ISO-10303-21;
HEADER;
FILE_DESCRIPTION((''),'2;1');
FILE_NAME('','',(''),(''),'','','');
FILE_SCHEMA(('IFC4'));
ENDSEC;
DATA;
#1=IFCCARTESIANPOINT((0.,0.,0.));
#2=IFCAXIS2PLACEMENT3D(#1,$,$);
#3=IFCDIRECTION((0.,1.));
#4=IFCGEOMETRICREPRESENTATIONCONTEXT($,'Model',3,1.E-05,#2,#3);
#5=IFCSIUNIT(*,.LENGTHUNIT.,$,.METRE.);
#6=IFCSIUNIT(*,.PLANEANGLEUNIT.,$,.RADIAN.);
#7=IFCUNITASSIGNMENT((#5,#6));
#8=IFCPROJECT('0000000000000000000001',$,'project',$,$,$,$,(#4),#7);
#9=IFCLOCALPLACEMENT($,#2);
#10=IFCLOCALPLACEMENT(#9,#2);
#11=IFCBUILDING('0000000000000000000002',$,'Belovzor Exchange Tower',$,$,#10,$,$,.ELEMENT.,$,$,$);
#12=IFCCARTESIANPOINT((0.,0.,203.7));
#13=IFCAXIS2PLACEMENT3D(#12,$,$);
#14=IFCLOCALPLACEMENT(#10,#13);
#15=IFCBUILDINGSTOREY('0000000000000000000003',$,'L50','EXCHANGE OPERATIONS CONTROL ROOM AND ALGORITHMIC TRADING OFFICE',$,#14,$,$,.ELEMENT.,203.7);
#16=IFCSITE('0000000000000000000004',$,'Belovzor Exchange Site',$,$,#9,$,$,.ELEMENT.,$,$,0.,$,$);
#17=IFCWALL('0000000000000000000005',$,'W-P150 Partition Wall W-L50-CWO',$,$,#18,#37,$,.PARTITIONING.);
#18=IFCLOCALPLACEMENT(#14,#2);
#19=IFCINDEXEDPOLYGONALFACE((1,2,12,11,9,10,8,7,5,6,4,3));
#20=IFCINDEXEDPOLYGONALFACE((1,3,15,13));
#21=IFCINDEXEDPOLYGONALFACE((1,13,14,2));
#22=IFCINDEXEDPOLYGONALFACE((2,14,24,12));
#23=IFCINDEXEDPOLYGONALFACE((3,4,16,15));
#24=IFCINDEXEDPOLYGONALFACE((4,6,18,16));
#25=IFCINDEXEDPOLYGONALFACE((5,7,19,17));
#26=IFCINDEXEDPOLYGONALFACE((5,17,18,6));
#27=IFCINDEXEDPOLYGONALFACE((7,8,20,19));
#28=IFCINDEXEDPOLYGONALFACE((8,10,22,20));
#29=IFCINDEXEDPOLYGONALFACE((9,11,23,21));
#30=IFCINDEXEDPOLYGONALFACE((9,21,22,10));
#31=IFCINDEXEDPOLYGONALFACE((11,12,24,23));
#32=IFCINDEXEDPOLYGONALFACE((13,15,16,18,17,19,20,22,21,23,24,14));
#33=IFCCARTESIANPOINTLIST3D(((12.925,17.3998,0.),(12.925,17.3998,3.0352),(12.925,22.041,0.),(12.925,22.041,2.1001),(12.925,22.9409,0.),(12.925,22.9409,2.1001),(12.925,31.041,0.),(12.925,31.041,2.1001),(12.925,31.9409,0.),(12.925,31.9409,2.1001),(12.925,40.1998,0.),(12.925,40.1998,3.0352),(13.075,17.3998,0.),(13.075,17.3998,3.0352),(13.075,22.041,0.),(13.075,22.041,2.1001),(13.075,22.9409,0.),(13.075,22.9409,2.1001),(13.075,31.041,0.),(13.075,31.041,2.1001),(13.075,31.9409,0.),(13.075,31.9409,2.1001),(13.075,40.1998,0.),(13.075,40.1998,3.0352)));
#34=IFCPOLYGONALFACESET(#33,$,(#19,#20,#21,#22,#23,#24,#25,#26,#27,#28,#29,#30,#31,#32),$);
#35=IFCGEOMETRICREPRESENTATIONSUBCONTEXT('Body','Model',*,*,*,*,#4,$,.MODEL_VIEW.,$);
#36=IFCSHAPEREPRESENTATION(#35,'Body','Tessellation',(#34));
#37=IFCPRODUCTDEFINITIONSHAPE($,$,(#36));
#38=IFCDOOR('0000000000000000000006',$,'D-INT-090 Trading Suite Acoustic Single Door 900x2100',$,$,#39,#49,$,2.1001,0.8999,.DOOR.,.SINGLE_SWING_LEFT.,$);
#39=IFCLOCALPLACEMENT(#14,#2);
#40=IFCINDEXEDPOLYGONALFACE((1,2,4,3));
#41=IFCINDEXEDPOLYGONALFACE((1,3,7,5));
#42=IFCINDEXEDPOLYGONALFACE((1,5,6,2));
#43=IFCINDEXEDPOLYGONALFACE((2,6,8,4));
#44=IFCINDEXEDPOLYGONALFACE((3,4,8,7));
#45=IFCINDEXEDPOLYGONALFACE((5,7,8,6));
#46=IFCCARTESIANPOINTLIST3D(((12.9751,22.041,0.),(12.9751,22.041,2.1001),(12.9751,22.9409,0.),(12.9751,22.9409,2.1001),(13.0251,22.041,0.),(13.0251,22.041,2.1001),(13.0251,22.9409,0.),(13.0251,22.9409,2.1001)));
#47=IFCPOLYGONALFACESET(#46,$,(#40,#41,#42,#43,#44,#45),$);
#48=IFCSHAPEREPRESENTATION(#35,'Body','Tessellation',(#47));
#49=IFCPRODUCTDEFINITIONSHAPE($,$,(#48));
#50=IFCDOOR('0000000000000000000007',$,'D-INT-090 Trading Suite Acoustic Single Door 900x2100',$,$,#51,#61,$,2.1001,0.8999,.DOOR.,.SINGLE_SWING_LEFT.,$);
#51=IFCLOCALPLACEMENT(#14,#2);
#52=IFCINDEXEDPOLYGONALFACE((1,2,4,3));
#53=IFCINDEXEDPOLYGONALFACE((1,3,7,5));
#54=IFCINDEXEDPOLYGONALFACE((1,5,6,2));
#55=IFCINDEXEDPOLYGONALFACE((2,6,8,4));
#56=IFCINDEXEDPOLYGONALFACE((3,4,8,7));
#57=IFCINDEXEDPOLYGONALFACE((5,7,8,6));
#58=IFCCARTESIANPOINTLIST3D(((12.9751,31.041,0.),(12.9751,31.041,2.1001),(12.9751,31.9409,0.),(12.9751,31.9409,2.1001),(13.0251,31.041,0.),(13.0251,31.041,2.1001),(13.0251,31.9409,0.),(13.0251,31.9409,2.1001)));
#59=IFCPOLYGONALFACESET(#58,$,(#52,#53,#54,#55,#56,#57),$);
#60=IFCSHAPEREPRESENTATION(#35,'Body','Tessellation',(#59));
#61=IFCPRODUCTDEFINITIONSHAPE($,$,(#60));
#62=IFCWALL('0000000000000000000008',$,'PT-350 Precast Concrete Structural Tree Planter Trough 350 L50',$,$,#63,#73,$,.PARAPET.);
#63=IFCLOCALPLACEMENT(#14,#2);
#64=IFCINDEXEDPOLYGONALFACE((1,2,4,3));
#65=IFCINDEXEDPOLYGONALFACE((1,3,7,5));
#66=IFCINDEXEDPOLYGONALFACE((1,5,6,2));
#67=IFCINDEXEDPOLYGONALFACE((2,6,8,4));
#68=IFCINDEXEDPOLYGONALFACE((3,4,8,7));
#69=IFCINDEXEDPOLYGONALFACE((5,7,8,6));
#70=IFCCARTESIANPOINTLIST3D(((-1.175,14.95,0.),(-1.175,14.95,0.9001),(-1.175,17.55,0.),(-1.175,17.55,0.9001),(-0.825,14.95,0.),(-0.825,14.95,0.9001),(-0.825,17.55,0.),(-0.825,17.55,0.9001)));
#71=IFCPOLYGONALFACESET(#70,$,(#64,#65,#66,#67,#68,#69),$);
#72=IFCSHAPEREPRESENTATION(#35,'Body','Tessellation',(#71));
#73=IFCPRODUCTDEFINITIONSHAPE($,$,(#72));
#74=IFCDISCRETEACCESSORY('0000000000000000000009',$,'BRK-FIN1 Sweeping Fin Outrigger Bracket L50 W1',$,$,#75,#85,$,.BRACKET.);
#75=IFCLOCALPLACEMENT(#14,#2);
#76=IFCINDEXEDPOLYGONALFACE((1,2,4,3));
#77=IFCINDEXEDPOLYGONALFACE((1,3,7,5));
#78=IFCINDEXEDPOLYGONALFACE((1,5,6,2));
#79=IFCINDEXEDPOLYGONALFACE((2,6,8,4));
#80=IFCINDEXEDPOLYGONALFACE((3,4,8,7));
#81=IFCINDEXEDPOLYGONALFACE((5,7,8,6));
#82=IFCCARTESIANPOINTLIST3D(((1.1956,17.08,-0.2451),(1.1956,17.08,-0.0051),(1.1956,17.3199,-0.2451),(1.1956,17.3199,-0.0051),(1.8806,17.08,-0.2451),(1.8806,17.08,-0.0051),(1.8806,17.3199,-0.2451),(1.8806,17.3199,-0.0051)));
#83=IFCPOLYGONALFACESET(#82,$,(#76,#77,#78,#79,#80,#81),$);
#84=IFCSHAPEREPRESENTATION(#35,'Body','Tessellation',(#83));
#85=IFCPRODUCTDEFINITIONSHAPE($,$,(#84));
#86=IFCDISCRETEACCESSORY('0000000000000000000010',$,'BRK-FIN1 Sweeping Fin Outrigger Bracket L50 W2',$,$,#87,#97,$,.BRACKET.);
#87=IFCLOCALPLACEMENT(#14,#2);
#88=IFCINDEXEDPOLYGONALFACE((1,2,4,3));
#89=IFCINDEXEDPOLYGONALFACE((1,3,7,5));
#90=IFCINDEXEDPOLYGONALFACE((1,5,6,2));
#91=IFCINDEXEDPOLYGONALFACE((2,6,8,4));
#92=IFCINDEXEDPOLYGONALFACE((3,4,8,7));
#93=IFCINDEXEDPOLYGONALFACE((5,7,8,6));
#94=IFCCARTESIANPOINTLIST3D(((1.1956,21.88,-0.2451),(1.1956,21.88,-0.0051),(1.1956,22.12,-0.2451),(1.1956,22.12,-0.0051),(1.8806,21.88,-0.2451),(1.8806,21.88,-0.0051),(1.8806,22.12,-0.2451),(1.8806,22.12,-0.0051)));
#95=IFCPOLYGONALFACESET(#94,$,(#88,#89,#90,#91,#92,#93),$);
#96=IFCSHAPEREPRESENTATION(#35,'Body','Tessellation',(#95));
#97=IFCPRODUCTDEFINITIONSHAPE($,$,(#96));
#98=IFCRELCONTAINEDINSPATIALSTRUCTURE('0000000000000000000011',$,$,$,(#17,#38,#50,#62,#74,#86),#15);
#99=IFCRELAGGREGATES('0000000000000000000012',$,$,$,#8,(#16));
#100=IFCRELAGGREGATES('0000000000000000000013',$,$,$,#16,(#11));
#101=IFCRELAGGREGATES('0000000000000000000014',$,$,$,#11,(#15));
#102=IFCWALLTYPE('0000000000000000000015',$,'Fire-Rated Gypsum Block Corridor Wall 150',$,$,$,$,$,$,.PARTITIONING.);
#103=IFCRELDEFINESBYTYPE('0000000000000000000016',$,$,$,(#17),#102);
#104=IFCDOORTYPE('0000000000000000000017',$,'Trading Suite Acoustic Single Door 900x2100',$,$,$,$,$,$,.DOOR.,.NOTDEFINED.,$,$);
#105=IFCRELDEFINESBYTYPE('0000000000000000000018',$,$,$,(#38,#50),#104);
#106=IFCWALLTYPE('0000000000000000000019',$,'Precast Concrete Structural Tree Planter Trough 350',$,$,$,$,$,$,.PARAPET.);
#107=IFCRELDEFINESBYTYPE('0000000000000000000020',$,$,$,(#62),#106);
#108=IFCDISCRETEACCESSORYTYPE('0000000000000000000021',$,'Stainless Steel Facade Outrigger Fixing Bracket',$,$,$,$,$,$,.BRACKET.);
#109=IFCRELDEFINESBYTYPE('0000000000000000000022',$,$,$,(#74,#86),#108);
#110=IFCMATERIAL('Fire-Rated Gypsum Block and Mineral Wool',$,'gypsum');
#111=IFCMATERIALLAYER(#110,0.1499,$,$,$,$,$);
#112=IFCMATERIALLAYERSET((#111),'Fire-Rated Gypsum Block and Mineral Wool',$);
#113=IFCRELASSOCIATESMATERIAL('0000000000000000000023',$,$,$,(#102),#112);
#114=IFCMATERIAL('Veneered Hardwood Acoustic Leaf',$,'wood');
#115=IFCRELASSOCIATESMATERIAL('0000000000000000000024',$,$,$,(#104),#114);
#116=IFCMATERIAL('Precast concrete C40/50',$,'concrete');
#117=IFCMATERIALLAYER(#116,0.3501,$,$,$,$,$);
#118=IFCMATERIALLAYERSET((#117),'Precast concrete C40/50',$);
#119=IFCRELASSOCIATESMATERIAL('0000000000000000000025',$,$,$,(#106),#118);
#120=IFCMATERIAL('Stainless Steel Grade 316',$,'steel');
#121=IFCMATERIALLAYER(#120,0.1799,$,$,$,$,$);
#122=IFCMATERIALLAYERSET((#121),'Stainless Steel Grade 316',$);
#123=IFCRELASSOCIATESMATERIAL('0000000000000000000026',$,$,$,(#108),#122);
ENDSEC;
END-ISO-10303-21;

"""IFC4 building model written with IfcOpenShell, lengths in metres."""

from ifc_helpers import new_model, si_unit, direction, frame, frame_2d, origin, origin_2d, place, context, subcontext, project, spatial, rectangle, extrude, material, layer, layer_set, type_object, element, fill, save


model = new_model("IFC4")

# Units and contexts
model_context = context("Model", 3, precision=1e-05, world=origin(), true_north=direction((0.0, 1.0)))
body_context = subcontext(model_context, "Body", "Model", "MODEL_VIEW")
ifc_project = project(units=[si_unit("LENGTHUNIT", "METRE"), si_unit("PLANEANGLEUNIT", "RADIAN")], contexts=[model_context])

# Site, building, storey
site_placement = place(None, origin())
site = spatial("IfcSite", under=ifc_project, at=site_placement, Name="Belovzor Exchange Site", CompositionType="ELEMENT", RefElevation=0.0)
building_placement = place(site_placement, origin())
building = spatial("IfcBuilding", under=site, at=building_placement, Name="Belovzor Exchange Tower", CompositionType="ELEMENT")
storey_placement = place(building_placement, frame((0.0, 0.0, 203.7)))
storey = spatial("IfcBuildingStorey", under=building, at=storey_placement, Name="L50", Description="EXCHANGE OPERATIONS CONTROL ROOM AND ALGORITHMIC TRADING OFFICE", CompositionType="ELEMENT", Elevation=203.7)

# Wall, openings, doors
ifc_material_1 = material(Name="Fire-Rated Gypsum Block and Mineral Wool", Category="gypsum")
ifc_layer_1 = layer(ifc_material_1, 0.1499)
ifc_layer_set_1 = layer_set([ifc_layer_1], Name="Fire-Rated Gypsum Block and Mineral Wool")
wall_type_1 = type_object("IfcWallType", Name="Fire-Rated Gypsum Block Corridor Wall 150", PredefinedType="PARTITIONING", material=ifc_layer_set_1)
ifc_material_2 = material(Name="Veneered Hardwood Acoustic Leaf", Category="wood")
door_type = type_object("IfcDoorType", Name="Trading Suite Acoustic Single Door 900x2100", OperationType="NOTDEFINED", PredefinedType="DOOR", material=ifc_material_2)
wall_1_placement = place(storey_placement, frame((13.0, 17.3999, 0.0), z_axis=(0.0, 0.0, 1.0), x_axis=(0.0, 1.0, 0.0)))
wall_1 = element("IfcWall", 1, at=wall_1_placement, inside=storey, type_object=wall_type_1, Name="W-P150 Partition Wall W-L50-CWO", PredefinedType="PARTITIONING", context=body_context, shape_type="SweptSolid", body=[
    extrude(rectangle(XDim=22.8, YDim=0.1499, at=frame_2d((11.3999, 0.0))), origin(), (0.0, 0.0, 1.0), 3.0352),
])
opening_1_placement = place(wall_1_placement, frame((4.6411, 0.0, 0.0)))
opening_1 = element("IfcOpeningElement", 2, at=opening_1_placement, cuts=wall_1, PredefinedType="OPENING", context=body_context, shape_type="SweptSolid", body=[
    extrude(rectangle(XDim=0.8999, YDim=2.1001, at=frame_2d((0.45, 1.05))), frame((0.0, 0.085, 0.0), z_axis=(0.0, -1.0, 0.0), x_axis=(1.0, 0.0, 0.0)), (0.0, 0.0, 1.0), 0.1699),
])
opening_2_placement = place(wall_1_placement, frame((13.6411, 0.0, 0.0)))
opening_2 = element("IfcOpeningElement", 3, at=opening_2_placement, cuts=wall_1, PredefinedType="OPENING", context=body_context, shape_type="SweptSolid", body=[
    extrude(rectangle(XDim=0.8999, YDim=2.1001, at=frame_2d((0.45, 1.05))), frame((0.0, 0.085, 0.0), z_axis=(0.0, -1.0, 0.0), x_axis=(1.0, 0.0, 0.0)), (0.0, 0.0, 1.0), 0.1699),
])
door_1_placement = place(opening_1_placement, origin())
door_1 = element("IfcDoor", 4, at=door_1_placement, inside=storey, type_object=door_type, Name="D-INT-090 Trading Suite Acoustic Single Door 900x2100", OperationType="SINGLE_SWING_LEFT", OverallHeight=2.1001, OverallWidth=0.8999, PredefinedType="DOOR", context=body_context, shape_type="SweptSolid", body=[
    extrude(rectangle(XDim=0.8999, YDim=2.1001, at=frame_2d((0.45, 1.05))), frame((0.0, 0.0249, 0.0), z_axis=(0.0, -1.0, 0.0), x_axis=(1.0, 0.0, 0.0)), (0.0, 0.0, 1.0), 0.05),
])
fill(opening_1, door_1)
door_2_placement = place(opening_2_placement, origin())
door_2 = element("IfcDoor", 5, at=door_2_placement, inside=storey, type_object=door_type, Name="D-INT-090 Trading Suite Acoustic Single Door 900x2100", OperationType="SINGLE_SWING_LEFT", OverallHeight=2.1001, OverallWidth=0.8999, PredefinedType="DOOR", context=body_context, shape_type="SweptSolid", body=[
    extrude(rectangle(XDim=0.8999, YDim=2.1001, at=frame_2d((0.45, 1.05))), frame((0.0, 0.0249, 0.0), z_axis=(0.0, -1.0, 0.0), x_axis=(1.0, 0.0, 0.0)), (0.0, 0.0, 1.0), 0.05),
])
fill(opening_2, door_2)

# Wall
ifc_material_3 = material(Name="Precast concrete C40/50", Category="concrete")
ifc_layer_2 = layer(ifc_material_3, 0.3501)
ifc_layer_set_2 = layer_set([ifc_layer_2], Name="Precast concrete C40/50")
wall_type_2 = type_object("IfcWallType", Name="Precast Concrete Structural Tree Planter Trough 350", PredefinedType="PARAPET", material=ifc_layer_set_2)
wall_2_placement = place(storey_placement, frame((-1.0, 14.95, 0.0), z_axis=(0.0, 0.0, 1.0), x_axis=(0.0, 1.0, 0.0)))
element("IfcWall", 6, at=wall_2_placement, inside=storey, type_object=wall_type_2, Name="PT-350 Precast Concrete Structural Tree Planter Trough 350 L50", PredefinedType="PARAPET", context=body_context, shape_type="SweptSolid", body=[
    extrude(rectangle(XDim=2.6001, YDim=0.3501, at=frame_2d((1.3, 0.0))), origin(), (0.0, 0.0, 1.0), 0.9001),
])

# Discrete accessories
ifc_material_4 = material(Name="Stainless Steel Grade 316", Category="steel")
ifc_layer_3 = layer(ifc_material_4, 0.1799)
ifc_layer_set_3 = layer_set([ifc_layer_3], Name="Stainless Steel Grade 316")
discrete_accessory_type = type_object("IfcDiscreteAccessoryType", Name="Stainless Steel Facade Outrigger Fixing Bracket", PredefinedType="BRACKET", material=ifc_layer_set_3)
for number, where, z_axis, x_axis, name in (
    (7, (1.5381, 17.2, -0.2451), (0.0, 0.0, 1.0), (1.0, 0.0, 0.0), "BRK-FIN1 Sweeping Fin Outrigger Bracket L50 W1"),
    (8, (1.5381, 22.0, -0.2451), (0.0, 0.0, 1.0), (1.0, 0.0, 0.0), "BRK-FIN1 Sweeping Fin Outrigger Bracket L50 W2"),
):
    element("IfcDiscreteAccessory", number, at=place(storey_placement, frame(where, z_axis=z_axis, x_axis=x_axis)), inside=storey, type_object=discrete_accessory_type, Name=name, PredefinedType="BRACKET", context=body_context, shape_type="SweptSolid", body=[
        extrude(rectangle(XDim=0.6851, YDim=0.24, at=origin_2d()), origin(), (0.0, 0.0, 1.0), 0.24),
    ])

save(model, "model.ifc")
